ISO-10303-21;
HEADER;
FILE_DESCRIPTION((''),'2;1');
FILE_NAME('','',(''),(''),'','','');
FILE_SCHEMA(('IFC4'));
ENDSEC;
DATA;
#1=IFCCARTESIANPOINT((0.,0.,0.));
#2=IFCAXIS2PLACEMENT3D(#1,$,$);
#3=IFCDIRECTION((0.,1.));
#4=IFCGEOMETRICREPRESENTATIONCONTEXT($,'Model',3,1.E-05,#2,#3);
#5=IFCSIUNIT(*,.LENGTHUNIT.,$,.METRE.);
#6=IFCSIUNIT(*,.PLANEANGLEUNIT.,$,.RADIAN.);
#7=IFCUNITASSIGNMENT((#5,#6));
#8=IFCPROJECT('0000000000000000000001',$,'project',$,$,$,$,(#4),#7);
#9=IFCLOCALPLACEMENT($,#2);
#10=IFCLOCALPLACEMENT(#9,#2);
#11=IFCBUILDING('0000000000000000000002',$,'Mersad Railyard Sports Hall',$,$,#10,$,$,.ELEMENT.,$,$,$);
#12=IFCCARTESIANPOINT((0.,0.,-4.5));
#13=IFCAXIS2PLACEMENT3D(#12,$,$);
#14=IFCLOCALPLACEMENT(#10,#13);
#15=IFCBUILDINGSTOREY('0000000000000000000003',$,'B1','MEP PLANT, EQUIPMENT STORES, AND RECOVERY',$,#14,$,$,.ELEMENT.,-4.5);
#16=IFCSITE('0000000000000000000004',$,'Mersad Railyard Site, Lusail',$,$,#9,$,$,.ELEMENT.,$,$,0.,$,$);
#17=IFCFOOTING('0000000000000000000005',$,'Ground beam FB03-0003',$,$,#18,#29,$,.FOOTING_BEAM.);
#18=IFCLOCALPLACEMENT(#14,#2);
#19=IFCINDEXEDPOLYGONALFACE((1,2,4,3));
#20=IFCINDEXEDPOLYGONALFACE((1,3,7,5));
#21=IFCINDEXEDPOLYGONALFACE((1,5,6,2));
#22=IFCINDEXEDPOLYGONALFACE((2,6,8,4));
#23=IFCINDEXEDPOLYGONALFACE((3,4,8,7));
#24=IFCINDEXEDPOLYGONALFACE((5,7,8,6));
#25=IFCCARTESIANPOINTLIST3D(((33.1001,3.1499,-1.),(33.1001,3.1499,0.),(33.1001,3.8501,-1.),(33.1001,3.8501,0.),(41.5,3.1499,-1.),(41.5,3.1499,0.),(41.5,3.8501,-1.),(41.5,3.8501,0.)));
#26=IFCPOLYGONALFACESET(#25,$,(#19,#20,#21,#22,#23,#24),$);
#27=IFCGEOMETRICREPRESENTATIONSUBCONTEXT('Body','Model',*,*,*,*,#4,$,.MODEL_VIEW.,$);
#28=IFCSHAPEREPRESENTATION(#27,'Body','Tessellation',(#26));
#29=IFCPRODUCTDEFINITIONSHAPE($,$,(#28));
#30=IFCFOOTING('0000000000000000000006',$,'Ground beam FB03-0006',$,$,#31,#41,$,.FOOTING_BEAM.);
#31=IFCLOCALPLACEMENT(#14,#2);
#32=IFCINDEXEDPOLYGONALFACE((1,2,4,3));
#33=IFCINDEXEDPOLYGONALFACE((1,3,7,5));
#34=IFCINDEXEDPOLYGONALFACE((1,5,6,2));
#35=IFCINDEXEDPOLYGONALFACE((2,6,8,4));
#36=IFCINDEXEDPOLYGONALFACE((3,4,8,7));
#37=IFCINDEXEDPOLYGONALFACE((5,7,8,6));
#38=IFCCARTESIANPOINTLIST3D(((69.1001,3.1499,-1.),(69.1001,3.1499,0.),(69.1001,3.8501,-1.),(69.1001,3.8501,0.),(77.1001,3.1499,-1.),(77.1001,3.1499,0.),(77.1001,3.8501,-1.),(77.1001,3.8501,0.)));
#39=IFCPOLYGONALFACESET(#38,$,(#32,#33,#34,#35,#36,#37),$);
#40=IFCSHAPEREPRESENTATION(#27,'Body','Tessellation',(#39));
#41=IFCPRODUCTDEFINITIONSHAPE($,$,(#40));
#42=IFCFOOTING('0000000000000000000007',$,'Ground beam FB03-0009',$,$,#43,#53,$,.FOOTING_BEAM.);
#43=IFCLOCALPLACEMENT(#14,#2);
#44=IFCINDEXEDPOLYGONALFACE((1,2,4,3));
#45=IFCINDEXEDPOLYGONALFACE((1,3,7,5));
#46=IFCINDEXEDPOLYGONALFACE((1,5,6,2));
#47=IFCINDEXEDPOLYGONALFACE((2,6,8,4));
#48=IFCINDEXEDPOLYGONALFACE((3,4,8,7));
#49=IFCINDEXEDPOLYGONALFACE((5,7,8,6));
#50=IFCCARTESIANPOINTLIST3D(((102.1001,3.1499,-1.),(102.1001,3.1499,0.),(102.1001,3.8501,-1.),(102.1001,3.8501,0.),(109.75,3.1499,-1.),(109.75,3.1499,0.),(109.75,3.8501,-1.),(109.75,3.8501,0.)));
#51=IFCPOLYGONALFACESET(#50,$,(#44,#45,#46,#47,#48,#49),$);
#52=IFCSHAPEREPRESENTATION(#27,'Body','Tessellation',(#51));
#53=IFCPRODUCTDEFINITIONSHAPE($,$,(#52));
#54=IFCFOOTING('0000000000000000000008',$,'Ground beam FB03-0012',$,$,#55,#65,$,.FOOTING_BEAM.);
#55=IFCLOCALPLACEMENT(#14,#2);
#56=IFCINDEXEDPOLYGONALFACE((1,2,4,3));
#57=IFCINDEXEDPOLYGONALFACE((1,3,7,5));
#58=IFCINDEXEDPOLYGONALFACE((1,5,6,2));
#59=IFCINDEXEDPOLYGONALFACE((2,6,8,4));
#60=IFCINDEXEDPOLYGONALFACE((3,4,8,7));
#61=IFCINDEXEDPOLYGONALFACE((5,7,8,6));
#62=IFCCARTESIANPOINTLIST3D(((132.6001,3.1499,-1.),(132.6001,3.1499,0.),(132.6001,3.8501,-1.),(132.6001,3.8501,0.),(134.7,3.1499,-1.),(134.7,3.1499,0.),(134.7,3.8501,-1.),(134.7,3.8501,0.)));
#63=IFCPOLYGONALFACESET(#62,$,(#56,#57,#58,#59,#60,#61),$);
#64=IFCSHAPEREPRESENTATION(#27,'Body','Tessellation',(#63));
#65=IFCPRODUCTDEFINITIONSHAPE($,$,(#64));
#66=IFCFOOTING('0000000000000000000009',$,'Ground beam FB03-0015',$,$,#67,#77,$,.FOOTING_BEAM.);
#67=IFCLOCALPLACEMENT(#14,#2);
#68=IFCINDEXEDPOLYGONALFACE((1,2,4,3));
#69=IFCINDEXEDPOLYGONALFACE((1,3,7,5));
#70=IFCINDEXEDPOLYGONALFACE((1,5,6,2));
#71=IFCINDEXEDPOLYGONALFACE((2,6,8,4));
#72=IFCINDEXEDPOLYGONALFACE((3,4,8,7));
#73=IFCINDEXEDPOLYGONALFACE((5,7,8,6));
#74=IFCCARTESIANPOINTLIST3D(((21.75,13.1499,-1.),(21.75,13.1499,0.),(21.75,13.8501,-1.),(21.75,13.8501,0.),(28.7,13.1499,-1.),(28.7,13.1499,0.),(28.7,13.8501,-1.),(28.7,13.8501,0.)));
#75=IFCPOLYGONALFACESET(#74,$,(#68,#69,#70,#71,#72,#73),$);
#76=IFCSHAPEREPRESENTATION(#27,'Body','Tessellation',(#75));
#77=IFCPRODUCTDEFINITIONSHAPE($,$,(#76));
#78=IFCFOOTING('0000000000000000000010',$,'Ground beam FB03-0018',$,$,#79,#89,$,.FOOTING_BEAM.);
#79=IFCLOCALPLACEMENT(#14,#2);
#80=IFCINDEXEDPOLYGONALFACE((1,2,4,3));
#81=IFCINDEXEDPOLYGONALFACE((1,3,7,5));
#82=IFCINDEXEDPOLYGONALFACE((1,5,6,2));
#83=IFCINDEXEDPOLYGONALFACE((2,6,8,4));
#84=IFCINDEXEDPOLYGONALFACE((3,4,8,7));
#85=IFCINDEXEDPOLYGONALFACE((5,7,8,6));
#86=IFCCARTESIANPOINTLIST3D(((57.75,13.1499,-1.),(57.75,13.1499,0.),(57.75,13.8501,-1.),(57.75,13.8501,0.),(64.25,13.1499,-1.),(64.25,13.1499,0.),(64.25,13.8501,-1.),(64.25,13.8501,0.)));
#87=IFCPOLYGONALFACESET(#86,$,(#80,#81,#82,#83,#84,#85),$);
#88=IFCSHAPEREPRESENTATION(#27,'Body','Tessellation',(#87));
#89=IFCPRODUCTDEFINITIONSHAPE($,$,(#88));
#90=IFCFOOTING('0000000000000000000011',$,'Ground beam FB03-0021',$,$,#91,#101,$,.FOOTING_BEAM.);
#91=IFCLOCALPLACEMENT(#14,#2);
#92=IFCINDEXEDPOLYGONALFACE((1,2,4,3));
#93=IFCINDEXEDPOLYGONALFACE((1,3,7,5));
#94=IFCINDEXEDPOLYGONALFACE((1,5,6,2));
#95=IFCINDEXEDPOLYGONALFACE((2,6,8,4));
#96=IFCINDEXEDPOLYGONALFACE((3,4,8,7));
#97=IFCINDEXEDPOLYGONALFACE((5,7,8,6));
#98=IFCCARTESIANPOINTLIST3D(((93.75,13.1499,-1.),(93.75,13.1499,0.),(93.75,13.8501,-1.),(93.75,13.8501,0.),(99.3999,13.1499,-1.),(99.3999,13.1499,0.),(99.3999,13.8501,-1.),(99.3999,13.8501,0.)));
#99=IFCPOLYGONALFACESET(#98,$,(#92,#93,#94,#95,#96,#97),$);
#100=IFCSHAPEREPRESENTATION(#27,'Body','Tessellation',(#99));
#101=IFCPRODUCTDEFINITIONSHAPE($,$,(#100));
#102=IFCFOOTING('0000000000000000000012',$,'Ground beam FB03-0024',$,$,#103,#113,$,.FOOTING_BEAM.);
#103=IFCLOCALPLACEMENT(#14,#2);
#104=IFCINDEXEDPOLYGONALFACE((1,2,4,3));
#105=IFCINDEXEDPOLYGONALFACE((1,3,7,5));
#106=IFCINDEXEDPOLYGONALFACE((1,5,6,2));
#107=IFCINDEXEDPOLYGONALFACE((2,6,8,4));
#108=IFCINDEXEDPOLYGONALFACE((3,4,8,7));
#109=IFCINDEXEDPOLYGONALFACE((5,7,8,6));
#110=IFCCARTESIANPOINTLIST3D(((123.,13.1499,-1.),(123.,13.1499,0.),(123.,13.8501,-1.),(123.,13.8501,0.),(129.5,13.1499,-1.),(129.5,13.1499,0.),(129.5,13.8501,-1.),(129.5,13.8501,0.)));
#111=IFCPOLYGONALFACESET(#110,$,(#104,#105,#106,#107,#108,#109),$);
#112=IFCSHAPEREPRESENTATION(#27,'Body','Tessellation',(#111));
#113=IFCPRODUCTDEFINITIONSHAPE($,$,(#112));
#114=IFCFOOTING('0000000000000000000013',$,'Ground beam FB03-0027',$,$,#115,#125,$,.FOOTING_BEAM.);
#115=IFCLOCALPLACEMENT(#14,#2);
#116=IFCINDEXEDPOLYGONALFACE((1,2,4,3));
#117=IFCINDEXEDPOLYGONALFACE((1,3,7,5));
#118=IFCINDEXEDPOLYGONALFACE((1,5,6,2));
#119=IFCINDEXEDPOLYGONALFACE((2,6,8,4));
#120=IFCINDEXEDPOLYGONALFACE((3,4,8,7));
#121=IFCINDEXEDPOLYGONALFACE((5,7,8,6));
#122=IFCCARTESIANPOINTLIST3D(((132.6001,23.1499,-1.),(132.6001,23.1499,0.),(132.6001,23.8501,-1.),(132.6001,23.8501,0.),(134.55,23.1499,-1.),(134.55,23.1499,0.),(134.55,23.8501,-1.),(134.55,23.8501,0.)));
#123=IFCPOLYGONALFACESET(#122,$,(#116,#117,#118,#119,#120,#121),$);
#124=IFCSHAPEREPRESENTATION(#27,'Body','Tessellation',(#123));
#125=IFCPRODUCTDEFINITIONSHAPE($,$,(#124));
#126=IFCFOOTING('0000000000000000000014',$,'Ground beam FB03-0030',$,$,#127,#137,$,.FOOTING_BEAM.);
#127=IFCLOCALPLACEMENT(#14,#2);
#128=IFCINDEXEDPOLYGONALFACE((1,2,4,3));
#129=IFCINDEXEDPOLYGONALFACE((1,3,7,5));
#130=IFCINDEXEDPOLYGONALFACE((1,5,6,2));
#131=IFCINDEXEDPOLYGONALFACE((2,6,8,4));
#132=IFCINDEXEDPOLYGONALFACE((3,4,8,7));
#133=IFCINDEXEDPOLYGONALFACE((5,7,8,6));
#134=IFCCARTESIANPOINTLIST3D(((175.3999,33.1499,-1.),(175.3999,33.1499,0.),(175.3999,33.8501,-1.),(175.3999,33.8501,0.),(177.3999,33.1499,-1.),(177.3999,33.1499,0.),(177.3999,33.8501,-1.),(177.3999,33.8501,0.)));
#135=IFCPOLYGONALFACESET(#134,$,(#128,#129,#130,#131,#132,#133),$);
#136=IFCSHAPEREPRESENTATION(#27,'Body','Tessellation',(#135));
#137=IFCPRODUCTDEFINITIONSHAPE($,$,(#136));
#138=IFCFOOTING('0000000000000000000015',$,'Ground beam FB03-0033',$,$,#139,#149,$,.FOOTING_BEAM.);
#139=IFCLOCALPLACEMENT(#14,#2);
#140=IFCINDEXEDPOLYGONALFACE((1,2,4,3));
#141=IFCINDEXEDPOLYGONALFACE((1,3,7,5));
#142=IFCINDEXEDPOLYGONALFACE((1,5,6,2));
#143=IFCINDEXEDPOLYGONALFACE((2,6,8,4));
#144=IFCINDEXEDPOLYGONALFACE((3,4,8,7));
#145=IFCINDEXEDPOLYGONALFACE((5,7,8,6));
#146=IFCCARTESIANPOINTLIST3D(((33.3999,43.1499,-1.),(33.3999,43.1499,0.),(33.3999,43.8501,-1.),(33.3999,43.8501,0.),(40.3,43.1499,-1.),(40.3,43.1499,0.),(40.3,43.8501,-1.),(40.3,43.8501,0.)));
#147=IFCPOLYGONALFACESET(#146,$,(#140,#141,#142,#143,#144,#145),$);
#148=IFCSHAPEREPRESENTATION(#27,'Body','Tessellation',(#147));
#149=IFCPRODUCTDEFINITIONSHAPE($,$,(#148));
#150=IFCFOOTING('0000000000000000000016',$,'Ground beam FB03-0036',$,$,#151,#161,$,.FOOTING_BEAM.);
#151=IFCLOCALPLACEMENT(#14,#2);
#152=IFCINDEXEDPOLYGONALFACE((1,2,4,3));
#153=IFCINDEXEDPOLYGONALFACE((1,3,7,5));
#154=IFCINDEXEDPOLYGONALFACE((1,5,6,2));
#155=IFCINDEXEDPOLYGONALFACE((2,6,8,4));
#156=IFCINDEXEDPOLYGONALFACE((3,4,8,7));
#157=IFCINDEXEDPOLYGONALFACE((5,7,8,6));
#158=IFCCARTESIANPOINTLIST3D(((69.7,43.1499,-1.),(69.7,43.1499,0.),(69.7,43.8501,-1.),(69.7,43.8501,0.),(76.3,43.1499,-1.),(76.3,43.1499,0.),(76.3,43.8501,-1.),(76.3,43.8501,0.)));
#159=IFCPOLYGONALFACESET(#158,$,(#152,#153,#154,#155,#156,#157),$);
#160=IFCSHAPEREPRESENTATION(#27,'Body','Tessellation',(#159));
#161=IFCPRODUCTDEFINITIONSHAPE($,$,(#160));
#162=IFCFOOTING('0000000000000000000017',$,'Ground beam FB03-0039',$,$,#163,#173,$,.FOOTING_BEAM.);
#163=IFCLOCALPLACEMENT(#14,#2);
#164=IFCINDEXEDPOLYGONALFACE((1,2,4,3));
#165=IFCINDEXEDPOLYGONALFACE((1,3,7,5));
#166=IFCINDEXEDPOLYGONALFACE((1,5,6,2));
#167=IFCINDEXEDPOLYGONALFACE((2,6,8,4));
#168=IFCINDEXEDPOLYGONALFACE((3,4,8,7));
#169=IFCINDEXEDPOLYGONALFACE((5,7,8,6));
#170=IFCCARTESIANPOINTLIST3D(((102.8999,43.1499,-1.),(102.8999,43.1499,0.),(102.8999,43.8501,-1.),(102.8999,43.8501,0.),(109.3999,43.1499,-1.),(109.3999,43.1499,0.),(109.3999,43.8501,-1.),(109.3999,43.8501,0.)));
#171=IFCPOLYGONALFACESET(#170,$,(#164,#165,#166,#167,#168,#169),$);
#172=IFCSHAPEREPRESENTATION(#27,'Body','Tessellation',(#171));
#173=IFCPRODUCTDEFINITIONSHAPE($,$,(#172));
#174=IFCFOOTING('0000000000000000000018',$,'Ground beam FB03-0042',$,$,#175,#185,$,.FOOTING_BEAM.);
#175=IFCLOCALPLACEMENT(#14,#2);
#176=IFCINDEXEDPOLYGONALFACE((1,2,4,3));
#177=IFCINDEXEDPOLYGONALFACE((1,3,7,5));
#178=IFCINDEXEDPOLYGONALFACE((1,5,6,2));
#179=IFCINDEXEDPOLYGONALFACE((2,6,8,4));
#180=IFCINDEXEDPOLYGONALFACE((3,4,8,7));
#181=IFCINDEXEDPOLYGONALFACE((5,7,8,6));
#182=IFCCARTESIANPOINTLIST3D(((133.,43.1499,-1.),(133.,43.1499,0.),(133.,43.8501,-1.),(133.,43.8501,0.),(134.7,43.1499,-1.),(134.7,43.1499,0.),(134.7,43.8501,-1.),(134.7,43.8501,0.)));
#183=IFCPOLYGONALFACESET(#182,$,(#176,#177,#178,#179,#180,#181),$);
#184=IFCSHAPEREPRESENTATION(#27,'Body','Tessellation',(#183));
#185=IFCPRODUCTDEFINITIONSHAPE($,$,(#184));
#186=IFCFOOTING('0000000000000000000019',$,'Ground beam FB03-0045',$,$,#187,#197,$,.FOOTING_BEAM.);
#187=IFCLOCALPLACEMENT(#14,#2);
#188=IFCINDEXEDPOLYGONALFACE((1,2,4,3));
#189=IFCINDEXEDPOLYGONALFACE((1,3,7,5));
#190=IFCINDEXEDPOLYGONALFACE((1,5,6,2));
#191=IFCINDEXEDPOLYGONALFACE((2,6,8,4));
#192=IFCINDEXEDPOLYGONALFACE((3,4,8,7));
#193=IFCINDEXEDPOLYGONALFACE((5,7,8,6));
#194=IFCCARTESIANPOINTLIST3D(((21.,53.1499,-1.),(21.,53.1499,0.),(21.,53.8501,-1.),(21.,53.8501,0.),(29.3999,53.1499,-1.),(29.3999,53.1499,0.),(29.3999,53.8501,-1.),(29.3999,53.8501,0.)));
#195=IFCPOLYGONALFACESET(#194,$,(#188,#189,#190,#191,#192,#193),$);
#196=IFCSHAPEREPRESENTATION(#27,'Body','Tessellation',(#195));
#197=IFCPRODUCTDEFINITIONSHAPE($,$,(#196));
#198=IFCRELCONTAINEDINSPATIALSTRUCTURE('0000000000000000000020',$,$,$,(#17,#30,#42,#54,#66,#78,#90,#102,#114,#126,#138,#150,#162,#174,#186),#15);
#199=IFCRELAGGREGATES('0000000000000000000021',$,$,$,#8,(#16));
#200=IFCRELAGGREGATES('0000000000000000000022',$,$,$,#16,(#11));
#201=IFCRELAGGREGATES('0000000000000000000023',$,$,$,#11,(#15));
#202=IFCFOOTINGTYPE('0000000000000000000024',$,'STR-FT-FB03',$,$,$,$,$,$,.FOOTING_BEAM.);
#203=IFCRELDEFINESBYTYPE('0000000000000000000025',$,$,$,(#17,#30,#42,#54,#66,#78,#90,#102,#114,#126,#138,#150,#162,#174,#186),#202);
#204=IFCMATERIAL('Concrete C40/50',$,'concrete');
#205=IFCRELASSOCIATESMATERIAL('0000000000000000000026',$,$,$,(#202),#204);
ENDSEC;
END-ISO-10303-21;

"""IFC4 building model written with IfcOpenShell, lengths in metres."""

from ifc_helpers import new_model, si_unit, direction, frame, origin, place, context, subcontext, project, spatial, polyline, outline, extrude, material, type_object, element, save


model = new_model("IFC4")

# Units and contexts
model_context = context("Model", 3, precision=1e-05, world=origin(), true_north=direction((0.0, 1.0)))
body_context = subcontext(model_context, "Body", "Model", "MODEL_VIEW")
ifc_project = project(units=[si_unit("LENGTHUNIT", "METRE"), si_unit("PLANEANGLEUNIT", "RADIAN")], contexts=[model_context])

# Site, building, storey
site_placement = place(None, origin())
site = spatial("IfcSite", under=ifc_project, at=site_placement, Name="Mersad Railyard Site, Lusail", CompositionType="ELEMENT", RefElevation=0.0)
building_placement = place(site_placement, origin())
building = spatial("IfcBuilding", under=site, at=building_placement, Name="Mersad Railyard Sports Hall", CompositionType="ELEMENT")
storey_placement = place(building_placement, frame((0.0, 0.0, -4.5)))
storey = spatial("IfcBuildingStorey", under=building, at=storey_placement, Name="B1", Description="MEP PLANT, EQUIPMENT STORES, AND RECOVERY", CompositionType="ELEMENT", Elevation=-4.5)

# Footings
ifc_material = material(Name="Concrete C40/50", Category="concrete")
footing_type = type_object("IfcFootingType", Name="STR-FT-FB03", PredefinedType="FOOTING_BEAM", material=ifc_material)
footing_1_placement = place(storey_placement, frame((0.0, 0.0, -1.0)))
element("IfcFooting", 1, at=footing_1_placement, inside=storey, type_object=footing_type, Name="Ground beam FB03-0003", PredefinedType="FOOTING_BEAM", context=body_context, shape_type="SweptSolid", body=[
    extrude(outline(polyline([(33.1001, 3.1499), (41.5, 3.1499), (41.5, 3.8501), (33.1001, 3.8501), (33.1001, 3.1499)])), origin(), (0.0, 0.0, 1.0), 1.0),
])
footing_2_placement = place(storey_placement, frame((0.0, 0.0, -1.0)))
element("IfcFooting", 2, at=footing_2_placement, inside=storey, type_object=footing_type, Name="Ground beam FB03-0006", PredefinedType="FOOTING_BEAM", context=body_context, shape_type="SweptSolid", body=[
    extrude(outline(polyline([(69.1001, 3.1499), (77.1001, 3.1499), (77.1001, 3.8501), (69.1001, 3.8501), (69.1001, 3.1499)])), origin(), (0.0, 0.0, 1.0), 1.0),
])
footing_3_placement = place(storey_placement, frame((0.0, 0.0, -1.0)))
element("IfcFooting", 3, at=footing_3_placement, inside=storey, type_object=footing_type, Name="Ground beam FB03-0009", PredefinedType="FOOTING_BEAM", context=body_context, shape_type="SweptSolid", body=[
    extrude(outline(polyline([(102.1001, 3.1499), (109.75, 3.1499), (109.75, 3.8501), (102.1001, 3.8501), (102.1001, 3.1499)])), origin(), (0.0, 0.0, 1.0), 1.0),
])
footing_4_placement = place(storey_placement, frame((0.0, 0.0, -1.0)))
element("IfcFooting", 4, at=footing_4_placement, inside=storey, type_object=footing_type, Name="Ground beam FB03-0012", PredefinedType="FOOTING_BEAM", context=body_context, shape_type="SweptSolid", body=[
    extrude(outline(polyline([(132.6001, 3.1499), (134.7, 3.1499), (134.7, 3.8501), (132.6001, 3.8501), (132.6001, 3.1499)])), origin(), (0.0, 0.0, 1.0), 1.0),
])
footing_5_placement = place(storey_placement, frame((0.0, 0.0, -1.0)))
element("IfcFooting", 5, at=footing_5_placement, inside=storey, type_object=footing_type, Name="Ground beam FB03-0015", PredefinedType="FOOTING_BEAM", context=body_context, shape_type="SweptSolid", body=[
    extrude(outline(polyline([(21.75, 13.1499), (28.7, 13.1499), (28.7, 13.8501), (21.75, 13.8501), (21.75, 13.1499)])), origin(), (0.0, 0.0, 1.0), 1.0),
])
footing_6_placement = place(storey_placement, frame((0.0, 0.0, -1.0)))
element("IfcFooting", 6, at=footing_6_placement, inside=storey, type_object=footing_type, Name="Ground beam FB03-0018", PredefinedType="FOOTING_BEAM", context=body_context, shape_type="SweptSolid", body=[
    extrude(outline(polyline([(57.75, 13.1499), (64.25, 13.1499), (64.25, 13.8501), (57.75, 13.8501), (57.75, 13.1499)])), origin(), (0.0, 0.0, 1.0), 1.0),
])
footing_7_placement = place(storey_placement, frame((0.0, 0.0, -1.0)))
element("IfcFooting", 7, at=footing_7_placement, inside=storey, type_object=footing_type, Name="Ground beam FB03-0021", PredefinedType="FOOTING_BEAM", context=body_context, shape_type="SweptSolid", body=[
    extrude(outline(polyline([(93.75, 13.1499), (99.3999, 13.1499), (99.3999, 13.8501), (93.75, 13.8501), (93.75, 13.1499)])), origin(), (0.0, 0.0, 1.0), 1.0),
])
footing_8_placement = place(storey_placement, frame((0.0, 0.0, -1.0)))
element("IfcFooting", 8, at=footing_8_placement, inside=storey, type_object=footing_type, Name="Ground beam FB03-0024", PredefinedType="FOOTING_BEAM", context=body_context, shape_type="SweptSolid", body=[
    extrude(outline(polyline([(123.0, 13.1499), (129.5, 13.1499), (129.5, 13.8501), (123.0, 13.8501), (123.0, 13.1499)])), origin(), (0.0, 0.0, 1.0), 1.0),
])
footing_9_placement = place(storey_placement, frame((0.0, 0.0, -1.0)))
element("IfcFooting", 9, at=footing_9_placement, inside=storey, type_object=footing_type, Name="Ground beam FB03-0027", PredefinedType="FOOTING_BEAM", context=body_context, shape_type="SweptSolid", body=[
    extrude(outline(polyline([(132.6001, 23.1499), (134.55, 23.1499), (134.55, 23.8501), (132.6001, 23.8501), (132.6001, 23.1499)])), origin(), (0.0, 0.0, 1.0), 1.0),
])
footing_10_placement = place(storey_placement, frame((0.0, 0.0, -1.0)))
element("IfcFooting", 10, at=footing_10_placement, inside=storey, type_object=footing_type, Name="Ground beam FB03-0030", PredefinedType="FOOTING_BEAM", context=body_context, shape_type="SweptSolid", body=[
    extrude(outline(polyline([(175.3999, 33.1499), (177.3999, 33.1499), (177.3999, 33.8501), (175.3999, 33.8501), (175.3999, 33.1499)])), origin(), (0.0, 0.0, 1.0), 1.0),
])
footing_11_placement = place(storey_placement, frame((0.0, 0.0, -1.0)))
element("IfcFooting", 11, at=footing_11_placement, inside=storey, type_object=footing_type, Name="Ground beam FB03-0033", PredefinedType="FOOTING_BEAM", context=body_context, shape_type="SweptSolid", body=[
    extrude(outline(polyline([(33.3999, 43.1499), (40.3, 43.1499), (40.3, 43.8501), (33.3999, 43.8501), (33.3999, 43.1499)])), origin(), (0.0, 0.0, 1.0), 1.0),
])
footing_12_placement = place(storey_placement, frame((0.0, 0.0, -1.0)))
element("IfcFooting", 12, at=footing_12_placement, inside=storey, type_object=footing_type, Name="Ground beam FB03-0036", PredefinedType="FOOTING_BEAM", context=body_context, shape_type="SweptSolid", body=[
    extrude(outline(polyline([(69.7, 43.1499), (76.3, 43.1499), (76.3, 43.8501), (69.7, 43.8501), (69.7, 43.1499)])), origin(), (0.0, 0.0, 1.0), 1.0),
])
footing_13_placement = place(storey_placement, frame((0.0, 0.0, -1.0)))
element("IfcFooting", 13, at=footing_13_placement, inside=storey, type_object=footing_type, Name="Ground beam FB03-0039", PredefinedType="FOOTING_BEAM", context=body_context, shape_type="SweptSolid", body=[
    extrude(outline(polyline([(102.8999, 43.1499), (109.3999, 43.1499), (109.3999, 43.8501), (102.8999, 43.8501), (102.8999, 43.1499)])), origin(), (0.0, 0.0, 1.0), 1.0),
])
footing_14_placement = place(storey_placement, frame((0.0, 0.0, -1.0)))
element("IfcFooting", 14, at=footing_14_placement, inside=storey, type_object=footing_type, Name="Ground beam FB03-0042", PredefinedType="FOOTING_BEAM", context=body_context, shape_type="SweptSolid", body=[
    extrude(outline(polyline([(133.0, 43.1499), (134.7, 43.1499), (134.7, 43.8501), (133.0, 43.8501), (133.0, 43.1499)])), origin(), (0.0, 0.0, 1.0), 1.0),
])
footing_15_placement = place(storey_placement, frame((0.0, 0.0, -1.0)))
element("IfcFooting", 15, at=footing_15_placement, inside=storey, type_object=footing_type, Name="Ground beam FB03-0045", PredefinedType="FOOTING_BEAM", context=body_context, shape_type="SweptSolid", body=[
    extrude(outline(polyline([(21.0, 53.1499), (29.3999, 53.1499), (29.3999, 53.8501), (21.0, 53.8501), (21.0, 53.1499)])), origin(), (0.0, 0.0, 1.0), 1.0),
])

save(model, "model.ifc")
